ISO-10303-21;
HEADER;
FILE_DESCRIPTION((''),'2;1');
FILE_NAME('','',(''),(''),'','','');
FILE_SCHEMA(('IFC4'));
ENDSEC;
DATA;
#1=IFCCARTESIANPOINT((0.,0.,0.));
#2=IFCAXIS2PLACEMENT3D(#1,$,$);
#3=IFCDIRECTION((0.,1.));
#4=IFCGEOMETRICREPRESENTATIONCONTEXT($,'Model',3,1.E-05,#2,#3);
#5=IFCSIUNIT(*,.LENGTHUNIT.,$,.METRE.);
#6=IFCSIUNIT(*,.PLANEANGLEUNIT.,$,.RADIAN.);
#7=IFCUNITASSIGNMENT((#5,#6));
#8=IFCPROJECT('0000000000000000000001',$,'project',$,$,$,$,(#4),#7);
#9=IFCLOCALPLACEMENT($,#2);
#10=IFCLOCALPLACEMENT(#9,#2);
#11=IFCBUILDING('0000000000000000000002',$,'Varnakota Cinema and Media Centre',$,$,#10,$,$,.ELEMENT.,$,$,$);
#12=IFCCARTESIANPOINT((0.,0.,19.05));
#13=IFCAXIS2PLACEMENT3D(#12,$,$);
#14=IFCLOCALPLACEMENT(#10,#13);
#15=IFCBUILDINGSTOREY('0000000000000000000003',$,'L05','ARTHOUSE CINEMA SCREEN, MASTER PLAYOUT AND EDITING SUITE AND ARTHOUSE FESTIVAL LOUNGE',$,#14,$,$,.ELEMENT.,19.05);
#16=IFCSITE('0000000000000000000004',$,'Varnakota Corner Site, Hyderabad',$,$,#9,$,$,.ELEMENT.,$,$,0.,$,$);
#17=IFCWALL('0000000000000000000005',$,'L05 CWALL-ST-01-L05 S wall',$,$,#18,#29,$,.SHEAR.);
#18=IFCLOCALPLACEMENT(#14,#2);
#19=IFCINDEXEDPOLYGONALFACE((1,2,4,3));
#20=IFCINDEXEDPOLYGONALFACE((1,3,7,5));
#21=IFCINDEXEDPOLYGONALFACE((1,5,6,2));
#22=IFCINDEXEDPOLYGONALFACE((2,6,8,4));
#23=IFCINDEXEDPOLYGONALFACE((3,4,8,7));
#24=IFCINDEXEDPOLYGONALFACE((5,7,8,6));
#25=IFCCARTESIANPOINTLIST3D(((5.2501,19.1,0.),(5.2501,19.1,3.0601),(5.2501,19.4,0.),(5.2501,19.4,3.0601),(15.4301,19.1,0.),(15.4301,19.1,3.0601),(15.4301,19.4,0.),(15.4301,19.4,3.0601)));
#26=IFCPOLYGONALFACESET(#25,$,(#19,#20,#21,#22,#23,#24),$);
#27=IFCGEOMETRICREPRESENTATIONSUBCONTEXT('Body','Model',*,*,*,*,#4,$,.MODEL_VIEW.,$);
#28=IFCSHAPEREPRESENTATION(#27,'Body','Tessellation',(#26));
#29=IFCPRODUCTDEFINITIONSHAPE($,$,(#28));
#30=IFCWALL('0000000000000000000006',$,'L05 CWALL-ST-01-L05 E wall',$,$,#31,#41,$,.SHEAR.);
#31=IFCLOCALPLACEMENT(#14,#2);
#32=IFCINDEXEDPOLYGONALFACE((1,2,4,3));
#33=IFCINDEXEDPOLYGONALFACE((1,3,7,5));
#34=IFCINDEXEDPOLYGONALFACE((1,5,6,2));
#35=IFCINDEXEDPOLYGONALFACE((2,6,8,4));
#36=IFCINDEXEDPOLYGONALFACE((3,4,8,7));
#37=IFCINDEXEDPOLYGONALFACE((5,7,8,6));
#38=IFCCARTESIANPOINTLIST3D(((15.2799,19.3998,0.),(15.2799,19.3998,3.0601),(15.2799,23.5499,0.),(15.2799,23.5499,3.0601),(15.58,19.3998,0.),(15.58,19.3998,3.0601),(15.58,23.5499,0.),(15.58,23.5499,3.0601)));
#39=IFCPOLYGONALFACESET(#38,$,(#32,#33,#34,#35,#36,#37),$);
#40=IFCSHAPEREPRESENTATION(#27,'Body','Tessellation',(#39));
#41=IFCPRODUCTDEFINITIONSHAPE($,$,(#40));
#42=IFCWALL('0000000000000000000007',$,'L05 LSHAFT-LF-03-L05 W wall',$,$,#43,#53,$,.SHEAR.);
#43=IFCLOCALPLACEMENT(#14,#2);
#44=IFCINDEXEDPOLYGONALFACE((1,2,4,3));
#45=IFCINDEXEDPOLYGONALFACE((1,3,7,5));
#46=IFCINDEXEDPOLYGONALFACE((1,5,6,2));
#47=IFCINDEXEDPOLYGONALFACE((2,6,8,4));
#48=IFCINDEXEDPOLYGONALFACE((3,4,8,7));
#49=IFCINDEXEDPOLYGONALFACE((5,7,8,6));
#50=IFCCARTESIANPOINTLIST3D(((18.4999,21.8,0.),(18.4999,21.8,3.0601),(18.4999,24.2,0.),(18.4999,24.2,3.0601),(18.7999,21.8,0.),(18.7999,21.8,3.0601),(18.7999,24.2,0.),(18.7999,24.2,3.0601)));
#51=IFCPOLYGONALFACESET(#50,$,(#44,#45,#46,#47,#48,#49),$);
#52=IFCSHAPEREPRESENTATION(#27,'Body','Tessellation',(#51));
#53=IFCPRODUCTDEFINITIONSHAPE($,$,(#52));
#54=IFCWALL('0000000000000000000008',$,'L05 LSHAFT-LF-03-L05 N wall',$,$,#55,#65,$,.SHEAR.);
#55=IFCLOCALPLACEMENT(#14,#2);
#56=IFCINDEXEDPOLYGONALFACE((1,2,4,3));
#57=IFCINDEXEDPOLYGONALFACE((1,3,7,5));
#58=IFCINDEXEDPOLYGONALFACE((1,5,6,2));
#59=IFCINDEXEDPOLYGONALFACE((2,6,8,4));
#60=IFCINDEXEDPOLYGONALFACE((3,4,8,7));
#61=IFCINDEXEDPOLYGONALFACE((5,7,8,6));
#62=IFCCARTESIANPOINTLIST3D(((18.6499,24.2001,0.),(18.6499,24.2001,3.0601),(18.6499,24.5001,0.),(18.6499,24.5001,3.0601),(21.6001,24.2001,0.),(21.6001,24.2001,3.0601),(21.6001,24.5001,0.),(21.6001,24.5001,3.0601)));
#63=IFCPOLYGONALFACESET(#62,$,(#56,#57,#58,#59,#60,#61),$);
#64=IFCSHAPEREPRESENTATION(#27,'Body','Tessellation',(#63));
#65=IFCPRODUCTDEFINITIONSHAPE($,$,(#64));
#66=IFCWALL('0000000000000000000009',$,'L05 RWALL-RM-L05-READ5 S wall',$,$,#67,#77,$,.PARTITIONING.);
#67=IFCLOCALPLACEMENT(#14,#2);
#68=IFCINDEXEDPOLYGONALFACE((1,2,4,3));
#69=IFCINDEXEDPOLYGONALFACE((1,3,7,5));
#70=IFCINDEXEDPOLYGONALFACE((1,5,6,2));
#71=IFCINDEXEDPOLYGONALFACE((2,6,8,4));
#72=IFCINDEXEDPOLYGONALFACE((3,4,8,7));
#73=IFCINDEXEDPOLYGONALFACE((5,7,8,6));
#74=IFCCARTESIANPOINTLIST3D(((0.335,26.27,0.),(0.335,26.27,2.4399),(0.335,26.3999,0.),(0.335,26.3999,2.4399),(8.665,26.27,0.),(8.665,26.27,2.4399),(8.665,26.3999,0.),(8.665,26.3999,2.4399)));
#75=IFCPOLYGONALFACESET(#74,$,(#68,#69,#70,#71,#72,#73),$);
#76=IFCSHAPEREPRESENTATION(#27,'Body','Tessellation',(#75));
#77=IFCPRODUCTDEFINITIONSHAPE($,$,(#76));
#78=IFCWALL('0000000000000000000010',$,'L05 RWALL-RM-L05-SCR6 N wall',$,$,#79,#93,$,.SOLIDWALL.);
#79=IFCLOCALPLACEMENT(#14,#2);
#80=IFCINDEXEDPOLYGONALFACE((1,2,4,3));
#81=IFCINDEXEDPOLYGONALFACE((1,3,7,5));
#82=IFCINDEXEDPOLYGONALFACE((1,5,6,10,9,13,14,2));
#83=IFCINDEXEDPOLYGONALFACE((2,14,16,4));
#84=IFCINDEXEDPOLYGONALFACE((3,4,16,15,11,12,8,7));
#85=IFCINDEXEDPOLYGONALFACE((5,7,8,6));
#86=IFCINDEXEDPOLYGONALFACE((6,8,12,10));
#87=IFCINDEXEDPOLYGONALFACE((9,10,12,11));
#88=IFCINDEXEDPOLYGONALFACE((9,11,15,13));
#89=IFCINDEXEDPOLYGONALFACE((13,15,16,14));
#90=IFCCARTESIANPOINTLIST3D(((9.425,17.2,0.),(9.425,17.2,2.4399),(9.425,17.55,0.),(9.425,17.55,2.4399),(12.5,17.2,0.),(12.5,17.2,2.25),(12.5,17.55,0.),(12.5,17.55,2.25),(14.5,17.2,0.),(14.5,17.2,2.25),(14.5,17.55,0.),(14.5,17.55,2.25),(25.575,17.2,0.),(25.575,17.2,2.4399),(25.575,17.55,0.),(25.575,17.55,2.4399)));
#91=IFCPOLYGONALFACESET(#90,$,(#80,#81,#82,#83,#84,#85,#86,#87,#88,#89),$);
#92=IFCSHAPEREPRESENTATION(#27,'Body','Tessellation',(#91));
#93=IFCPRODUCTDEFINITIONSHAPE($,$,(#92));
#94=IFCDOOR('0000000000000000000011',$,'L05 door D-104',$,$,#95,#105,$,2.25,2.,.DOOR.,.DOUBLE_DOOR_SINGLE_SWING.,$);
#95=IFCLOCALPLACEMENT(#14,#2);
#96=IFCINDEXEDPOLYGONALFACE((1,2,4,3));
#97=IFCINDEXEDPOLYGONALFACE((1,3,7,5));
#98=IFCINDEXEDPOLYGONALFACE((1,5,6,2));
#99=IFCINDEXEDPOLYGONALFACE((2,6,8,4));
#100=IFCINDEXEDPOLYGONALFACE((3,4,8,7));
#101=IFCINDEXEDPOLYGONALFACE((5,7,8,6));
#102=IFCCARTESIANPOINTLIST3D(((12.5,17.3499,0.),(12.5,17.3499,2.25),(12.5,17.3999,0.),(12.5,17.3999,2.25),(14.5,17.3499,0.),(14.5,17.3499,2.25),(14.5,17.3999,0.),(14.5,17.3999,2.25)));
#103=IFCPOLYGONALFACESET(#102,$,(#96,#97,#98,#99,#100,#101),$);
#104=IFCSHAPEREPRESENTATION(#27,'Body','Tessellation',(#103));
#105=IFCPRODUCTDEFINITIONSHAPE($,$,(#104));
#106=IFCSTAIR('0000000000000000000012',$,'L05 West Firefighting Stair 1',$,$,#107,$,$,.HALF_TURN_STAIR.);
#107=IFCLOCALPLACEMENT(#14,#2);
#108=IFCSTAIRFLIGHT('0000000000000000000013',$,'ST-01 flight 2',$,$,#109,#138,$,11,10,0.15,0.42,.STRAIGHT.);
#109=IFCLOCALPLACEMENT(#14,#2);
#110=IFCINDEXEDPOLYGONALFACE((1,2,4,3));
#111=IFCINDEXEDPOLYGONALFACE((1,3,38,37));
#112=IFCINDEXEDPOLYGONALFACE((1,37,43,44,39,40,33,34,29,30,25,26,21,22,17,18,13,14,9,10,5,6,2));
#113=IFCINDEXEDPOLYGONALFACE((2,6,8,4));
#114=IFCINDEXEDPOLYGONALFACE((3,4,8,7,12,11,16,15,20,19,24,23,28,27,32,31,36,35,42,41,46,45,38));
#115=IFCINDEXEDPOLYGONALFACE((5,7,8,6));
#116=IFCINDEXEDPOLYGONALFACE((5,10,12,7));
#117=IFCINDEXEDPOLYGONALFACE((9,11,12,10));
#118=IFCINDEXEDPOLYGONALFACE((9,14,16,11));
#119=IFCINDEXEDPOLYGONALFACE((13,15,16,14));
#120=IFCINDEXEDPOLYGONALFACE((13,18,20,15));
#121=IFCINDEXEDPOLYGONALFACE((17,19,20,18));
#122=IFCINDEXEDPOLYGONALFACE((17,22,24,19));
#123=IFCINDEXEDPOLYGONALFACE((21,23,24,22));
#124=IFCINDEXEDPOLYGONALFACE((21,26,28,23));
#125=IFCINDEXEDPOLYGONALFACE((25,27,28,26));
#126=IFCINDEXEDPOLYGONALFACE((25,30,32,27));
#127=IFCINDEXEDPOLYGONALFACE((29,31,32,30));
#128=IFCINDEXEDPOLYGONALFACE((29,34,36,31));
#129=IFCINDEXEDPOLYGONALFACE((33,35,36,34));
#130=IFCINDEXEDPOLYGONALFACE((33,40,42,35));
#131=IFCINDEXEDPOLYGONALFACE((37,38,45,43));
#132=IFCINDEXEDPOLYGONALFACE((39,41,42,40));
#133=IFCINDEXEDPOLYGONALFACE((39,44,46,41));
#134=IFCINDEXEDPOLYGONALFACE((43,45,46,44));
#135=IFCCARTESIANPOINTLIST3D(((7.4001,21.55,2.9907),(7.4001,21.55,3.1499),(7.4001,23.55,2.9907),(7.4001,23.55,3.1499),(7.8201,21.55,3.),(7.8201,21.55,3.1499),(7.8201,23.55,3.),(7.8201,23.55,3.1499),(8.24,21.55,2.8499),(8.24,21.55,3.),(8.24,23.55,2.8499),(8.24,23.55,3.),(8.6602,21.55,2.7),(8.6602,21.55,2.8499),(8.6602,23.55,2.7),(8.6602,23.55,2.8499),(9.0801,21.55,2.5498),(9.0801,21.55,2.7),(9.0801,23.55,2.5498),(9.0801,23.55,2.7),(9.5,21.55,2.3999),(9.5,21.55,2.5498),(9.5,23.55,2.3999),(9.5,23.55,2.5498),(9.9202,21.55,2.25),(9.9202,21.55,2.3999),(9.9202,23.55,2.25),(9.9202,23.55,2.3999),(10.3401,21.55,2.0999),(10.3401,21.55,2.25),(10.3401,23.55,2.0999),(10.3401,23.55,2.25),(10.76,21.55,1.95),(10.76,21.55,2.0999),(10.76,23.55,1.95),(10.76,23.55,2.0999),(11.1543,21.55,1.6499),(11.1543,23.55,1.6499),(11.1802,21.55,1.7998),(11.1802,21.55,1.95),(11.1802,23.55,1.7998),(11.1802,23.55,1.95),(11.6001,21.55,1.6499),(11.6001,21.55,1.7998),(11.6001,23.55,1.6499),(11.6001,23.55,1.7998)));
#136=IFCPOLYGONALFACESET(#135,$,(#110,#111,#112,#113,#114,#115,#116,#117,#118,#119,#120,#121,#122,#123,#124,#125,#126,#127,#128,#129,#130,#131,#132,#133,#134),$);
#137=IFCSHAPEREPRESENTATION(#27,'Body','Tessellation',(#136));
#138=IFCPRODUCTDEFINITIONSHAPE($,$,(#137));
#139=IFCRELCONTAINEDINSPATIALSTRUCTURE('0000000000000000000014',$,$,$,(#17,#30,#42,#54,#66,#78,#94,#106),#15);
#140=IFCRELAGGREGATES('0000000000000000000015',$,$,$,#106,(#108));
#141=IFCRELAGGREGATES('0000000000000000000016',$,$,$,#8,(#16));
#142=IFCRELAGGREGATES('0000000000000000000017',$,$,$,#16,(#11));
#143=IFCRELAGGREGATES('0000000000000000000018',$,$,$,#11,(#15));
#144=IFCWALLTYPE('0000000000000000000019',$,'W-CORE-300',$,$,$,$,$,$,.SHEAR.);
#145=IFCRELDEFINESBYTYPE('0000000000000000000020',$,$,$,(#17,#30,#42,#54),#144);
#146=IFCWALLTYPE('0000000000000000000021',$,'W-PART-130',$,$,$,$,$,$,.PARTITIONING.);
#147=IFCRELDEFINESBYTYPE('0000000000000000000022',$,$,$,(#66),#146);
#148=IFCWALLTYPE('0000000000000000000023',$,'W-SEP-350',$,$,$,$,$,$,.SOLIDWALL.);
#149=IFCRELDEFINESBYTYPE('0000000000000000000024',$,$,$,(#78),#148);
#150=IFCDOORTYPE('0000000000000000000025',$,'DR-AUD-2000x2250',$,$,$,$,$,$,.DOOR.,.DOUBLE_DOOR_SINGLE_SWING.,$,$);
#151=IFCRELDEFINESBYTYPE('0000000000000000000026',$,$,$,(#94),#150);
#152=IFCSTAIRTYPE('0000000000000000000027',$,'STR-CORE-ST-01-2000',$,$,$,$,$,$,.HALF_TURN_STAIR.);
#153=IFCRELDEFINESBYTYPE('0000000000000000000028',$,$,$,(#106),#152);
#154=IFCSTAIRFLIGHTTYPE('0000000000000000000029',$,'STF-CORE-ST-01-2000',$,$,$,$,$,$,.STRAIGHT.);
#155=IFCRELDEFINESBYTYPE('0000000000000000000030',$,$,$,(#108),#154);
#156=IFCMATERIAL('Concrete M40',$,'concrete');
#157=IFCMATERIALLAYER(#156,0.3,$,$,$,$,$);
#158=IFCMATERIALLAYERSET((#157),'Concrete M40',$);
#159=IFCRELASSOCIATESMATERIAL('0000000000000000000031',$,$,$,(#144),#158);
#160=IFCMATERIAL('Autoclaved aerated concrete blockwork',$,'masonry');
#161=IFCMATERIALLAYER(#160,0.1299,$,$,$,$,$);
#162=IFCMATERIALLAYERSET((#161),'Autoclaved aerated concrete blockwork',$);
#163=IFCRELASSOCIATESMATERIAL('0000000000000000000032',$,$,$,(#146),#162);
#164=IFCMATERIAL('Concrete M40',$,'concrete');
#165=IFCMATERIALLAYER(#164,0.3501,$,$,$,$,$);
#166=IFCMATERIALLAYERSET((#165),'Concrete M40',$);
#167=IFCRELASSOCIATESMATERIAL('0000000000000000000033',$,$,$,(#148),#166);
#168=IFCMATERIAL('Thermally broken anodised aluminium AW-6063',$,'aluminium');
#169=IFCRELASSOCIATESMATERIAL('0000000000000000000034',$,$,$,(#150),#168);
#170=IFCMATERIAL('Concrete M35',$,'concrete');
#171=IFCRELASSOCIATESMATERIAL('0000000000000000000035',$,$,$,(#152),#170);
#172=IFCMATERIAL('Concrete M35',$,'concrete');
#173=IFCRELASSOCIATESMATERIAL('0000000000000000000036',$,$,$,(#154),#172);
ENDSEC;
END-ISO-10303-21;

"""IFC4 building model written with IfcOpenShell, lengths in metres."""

from ifc_helpers import new_model, si_unit, direction, frame, frame_2d, origin, place, context, subcontext, project, spatial, polyline, rectangle, outline, extrude, material, layer, layer_set, type_object, element, fill, aggregate, save


model = new_model("IFC4")

# Units and contexts
model_context = context("Model", 3, precision=1e-05, world=origin(), true_north=direction((0.0, 1.0)))
body_context = subcontext(model_context, "Body", "Model", "MODEL_VIEW")
ifc_project = project(units=[si_unit("LENGTHUNIT", "METRE"), si_unit("PLANEANGLEUNIT", "RADIAN")], contexts=[model_context])

# Site, building, storey
site_placement = place(None, origin())
site = spatial("IfcSite", under=ifc_project, at=site_placement, Name="Varnakota Corner Site, Hyderabad", CompositionType="ELEMENT", RefElevation=0.0)
building_placement = place(site_placement, origin())
building = spatial("IfcBuilding", under=site, at=building_placement, Name="Varnakota Cinema and Media Centre", CompositionType="ELEMENT")
storey_placement = place(building_placement, frame((0.0, 0.0, 19.05)))
storey = spatial("IfcBuildingStorey", under=building, at=storey_placement, Name="L05", Description="ARTHOUSE CINEMA SCREEN, MASTER PLAYOUT AND EDITING SUITE AND ARTHOUSE FESTIVAL LOUNGE", CompositionType="ELEMENT", Elevation=19.05)

# Walls
ifc_material_1 = material(Name="Concrete M40", Category="concrete")
ifc_layer_1 = layer(ifc_material_1, 0.3)
ifc_layer_set_1 = layer_set([ifc_layer_1], Name="Concrete M40")
wall_type_1 = type_object("IfcWallType", Name="W-CORE-300", PredefinedType="SHEAR", material=ifc_layer_set_1)
wall_1_placement = place(storey_placement, frame((15.4299, 19.25, 0.0), z_axis=(0.0, 0.0, 1.0), x_axis=(-1.0, 0.0, 0.0)))
element("IfcWall", 1, at=wall_1_placement, inside=storey, type_object=wall_type_1, Name="L05 CWALL-ST-01-L05 S wall", PredefinedType="SHEAR", context=body_context, shape_type="SweptSolid", body=[
    extrude(rectangle(XDim=10.1799, YDim=0.3, at=frame_2d((5.0898, 0.0))), origin(), (0.0, 0.0, 1.0), 3.0601),
])
wall_2_placement = place(storey_placement, frame((15.4299, 23.55, 0.0), z_axis=(0.0, 0.0, 1.0), x_axis=(0.0, -1.0, 0.0)))
element("IfcWall", 2, at=wall_2_placement, inside=storey, type_object=wall_type_1, Name="L05 CWALL-ST-01-L05 E wall", PredefinedType="SHEAR", context=body_context, shape_type="SweptSolid", body=[
    extrude(rectangle(XDim=4.1501, YDim=0.3, at=frame_2d((2.0752, 0.0))), origin(), (0.0, 0.0, 1.0), 3.0601),
])
wall_3_placement = place(storey_placement, frame((18.6499, 21.8, 0.0), z_axis=(0.0, 0.0, 1.0), x_axis=(0.0, 1.0, 0.0)))
element("IfcWall", 3, at=wall_3_placement, inside=storey, type_object=wall_type_1, Name="L05 LSHAFT-LF-03-L05 W wall", PredefinedType="SHEAR", context=body_context, shape_type="SweptSolid", body=[
    extrude(rectangle(XDim=2.3999, YDim=0.3, at=frame_2d((1.2, 0.0))), origin(), (0.0, 0.0, 1.0), 3.0601),
])
wall_4_placement = place(storey_placement, frame((18.6499, 24.3501, 0.0), z_axis=(0.0, 0.0, 1.0), x_axis=(1.0, 0.0, 0.0)))
element("IfcWall", 4, at=wall_4_placement, inside=storey, type_object=wall_type_1, Name="L05 LSHAFT-LF-03-L05 N wall", PredefinedType="SHEAR", context=body_context, shape_type="SweptSolid", body=[
    extrude(rectangle(XDim=2.9502, YDim=0.3, at=frame_2d((1.4751, 0.0))), origin(), (0.0, 0.0, 1.0), 3.0601),
])
ifc_material_2 = material(Name="Autoclaved aerated concrete blockwork", Category="masonry")
ifc_layer_2 = layer(ifc_material_2, 0.1299)
ifc_layer_set_2 = layer_set([ifc_layer_2], Name="Autoclaved aerated concrete blockwork")
wall_type_2 = type_object("IfcWallType", Name="W-PART-130", PredefinedType="PARTITIONING", material=ifc_layer_set_2)
wall_5_placement = place(storey_placement, frame((8.665, 26.335, 0.0), z_axis=(0.0, 0.0, 1.0), x_axis=(-1.0, 0.0, 0.0)))
element("IfcWall", 5, at=wall_5_placement, inside=storey, type_object=wall_type_2, Name="L05 RWALL-RM-L05-READ5 S wall", PredefinedType="PARTITIONING", context=body_context, shape_type="SweptSolid", body=[
    extrude(rectangle(XDim=8.3301, YDim=0.1299, at=frame_2d((4.165, 0.0))), origin(), (0.0, 0.0, 1.0), 2.4399),
])

# Wall, opening, door
ifc_material_3 = material(Name="Concrete M40", Category="concrete")
ifc_layer_3 = layer(ifc_material_3, 0.3501)
ifc_layer_set_3 = layer_set([ifc_layer_3], Name="Concrete M40")
wall_type_3 = type_object("IfcWallType", Name="W-SEP-350", PredefinedType="SOLIDWALL", material=ifc_layer_set_3)
wall_6_placement = place(storey_placement, frame((9.425, 17.375, 0.0), z_axis=(0.0, 0.0, 1.0), x_axis=(1.0, 0.0, 0.0)))
wall_6 = element("IfcWall", 6, at=wall_6_placement, inside=storey, type_object=wall_type_3, Name="L05 RWALL-RM-L05-SCR6 N wall", PredefinedType="SOLIDWALL", context=body_context, shape_type="SweptSolid", body=[
    extrude(rectangle(XDim=16.1499, YDim=0.3501, at=frame_2d((8.075, 0.0))), origin(), (0.0, 0.0, 1.0), 2.4399),
])
opening_placement = place(wall_6_placement, frame((3.075, 0.0, 0.0)))
opening = element("IfcOpeningElement", 7, at=opening_placement, cuts=wall_6, PredefinedType="OPENING", context=body_context, shape_type="SweptSolid", body=[
    extrude(rectangle(XDim=2.0, YDim=2.25, at=frame_2d((1.0, 1.125))), frame((0.0, 0.175, 0.0), z_axis=(0.0, -1.0, 0.0), x_axis=(1.0, 0.0, 0.0)), (0.0, 0.0, 1.0), 0.3501),
])
ifc_material_4 = material(Name="Thermally broken anodised aluminium AW-6063", Category="aluminium")
door_type = type_object("IfcDoorType", Name="DR-AUD-2000x2250", OperationType="DOUBLE_DOOR_SINGLE_SWING", PredefinedType="DOOR", material=ifc_material_4)
door_placement = place(opening_placement, origin())
door = element("IfcDoor", 8, at=door_placement, inside=storey, type_object=door_type, Name="L05 door D-104", OperationType="DOUBLE_DOOR_SINGLE_SWING", OverallHeight=2.25, OverallWidth=2.0, PredefinedType="DOOR", context=body_context, shape_type="SweptSolid", body=[
    extrude(rectangle(XDim=2.0, YDim=2.25, at=frame_2d((1.0, 1.125))), frame((0.0, 0.0249, 0.0), z_axis=(0.0, -1.0, 0.0), x_axis=(1.0, 0.0, 0.0)), (0.0, 0.0, 1.0), 0.05),
])
fill(opening, door)

# Stair, stair flight
ifc_material_5 = material(Name="Concrete M35", Category="concrete")
stair_type = type_object("IfcStairType", Name="STR-CORE-ST-01-2000", PredefinedType="HALF_TURN_STAIR", material=ifc_material_5)
stair_placement = place(storey_placement, origin())
stair = element("IfcStair", 9, at=stair_placement, inside=storey, type_object=stair_type, Name="L05 West Firefighting Stair 1", PredefinedType="HALF_TURN_STAIR")
ifc_material_6 = material(Name="Concrete M35", Category="concrete")
stair_flight_type = type_object("IfcStairFlightType", Name="STF-CORE-ST-01-2000", PredefinedType="STRAIGHT", material=ifc_material_6)
stair_flight_placement = place(storey_placement, frame((11.6001, 22.55, 1.6499), z_axis=(0.0, 0.0, 1.0), x_axis=(-1.0, 0.0, 0.0)))
stair_flight = element("IfcStairFlight", 10, at=stair_flight_placement, type_object=stair_flight_type, Name="ST-01 flight 2", NumberOfRisers=11, NumberOfTreads=10, PredefinedType="STRAIGHT", RiserHeight=0.15, TreadLength=0.42, context=body_context, shape_type="SweptSolid", body=[
    extrude(outline(polyline([(0.0, 0.0), (0.0, 0.1499), (0.4199, 0.1499), (0.4199, 0.3), (0.8401, 0.3), (0.8401, 0.45), (1.26, 0.45), (1.26, 0.6001), (1.6799, 0.6001), (1.6799, 0.75), (2.1001, 0.75), (2.1001, 0.8999), (2.52, 0.8999), (2.52, 1.05), (2.9399, 1.05), (2.9399, 1.2), (3.3601, 1.2), (3.3601, 1.3501), (3.78, 1.3501), (3.78, 1.5), (4.2, 1.5), (4.2, 1.6499), (4.2, 1.3408), (0.4458, 0.0), (0.0, 0.0)])), frame((0.0, 1.0, 0.0), z_axis=(0.0, -1.0, 0.0), x_axis=(1.0, 0.0, 0.0)), (0.0, 0.0, 1.0), 2.0),
])
aggregate(stair, [stair_flight])

save(model, "model.ifc")
